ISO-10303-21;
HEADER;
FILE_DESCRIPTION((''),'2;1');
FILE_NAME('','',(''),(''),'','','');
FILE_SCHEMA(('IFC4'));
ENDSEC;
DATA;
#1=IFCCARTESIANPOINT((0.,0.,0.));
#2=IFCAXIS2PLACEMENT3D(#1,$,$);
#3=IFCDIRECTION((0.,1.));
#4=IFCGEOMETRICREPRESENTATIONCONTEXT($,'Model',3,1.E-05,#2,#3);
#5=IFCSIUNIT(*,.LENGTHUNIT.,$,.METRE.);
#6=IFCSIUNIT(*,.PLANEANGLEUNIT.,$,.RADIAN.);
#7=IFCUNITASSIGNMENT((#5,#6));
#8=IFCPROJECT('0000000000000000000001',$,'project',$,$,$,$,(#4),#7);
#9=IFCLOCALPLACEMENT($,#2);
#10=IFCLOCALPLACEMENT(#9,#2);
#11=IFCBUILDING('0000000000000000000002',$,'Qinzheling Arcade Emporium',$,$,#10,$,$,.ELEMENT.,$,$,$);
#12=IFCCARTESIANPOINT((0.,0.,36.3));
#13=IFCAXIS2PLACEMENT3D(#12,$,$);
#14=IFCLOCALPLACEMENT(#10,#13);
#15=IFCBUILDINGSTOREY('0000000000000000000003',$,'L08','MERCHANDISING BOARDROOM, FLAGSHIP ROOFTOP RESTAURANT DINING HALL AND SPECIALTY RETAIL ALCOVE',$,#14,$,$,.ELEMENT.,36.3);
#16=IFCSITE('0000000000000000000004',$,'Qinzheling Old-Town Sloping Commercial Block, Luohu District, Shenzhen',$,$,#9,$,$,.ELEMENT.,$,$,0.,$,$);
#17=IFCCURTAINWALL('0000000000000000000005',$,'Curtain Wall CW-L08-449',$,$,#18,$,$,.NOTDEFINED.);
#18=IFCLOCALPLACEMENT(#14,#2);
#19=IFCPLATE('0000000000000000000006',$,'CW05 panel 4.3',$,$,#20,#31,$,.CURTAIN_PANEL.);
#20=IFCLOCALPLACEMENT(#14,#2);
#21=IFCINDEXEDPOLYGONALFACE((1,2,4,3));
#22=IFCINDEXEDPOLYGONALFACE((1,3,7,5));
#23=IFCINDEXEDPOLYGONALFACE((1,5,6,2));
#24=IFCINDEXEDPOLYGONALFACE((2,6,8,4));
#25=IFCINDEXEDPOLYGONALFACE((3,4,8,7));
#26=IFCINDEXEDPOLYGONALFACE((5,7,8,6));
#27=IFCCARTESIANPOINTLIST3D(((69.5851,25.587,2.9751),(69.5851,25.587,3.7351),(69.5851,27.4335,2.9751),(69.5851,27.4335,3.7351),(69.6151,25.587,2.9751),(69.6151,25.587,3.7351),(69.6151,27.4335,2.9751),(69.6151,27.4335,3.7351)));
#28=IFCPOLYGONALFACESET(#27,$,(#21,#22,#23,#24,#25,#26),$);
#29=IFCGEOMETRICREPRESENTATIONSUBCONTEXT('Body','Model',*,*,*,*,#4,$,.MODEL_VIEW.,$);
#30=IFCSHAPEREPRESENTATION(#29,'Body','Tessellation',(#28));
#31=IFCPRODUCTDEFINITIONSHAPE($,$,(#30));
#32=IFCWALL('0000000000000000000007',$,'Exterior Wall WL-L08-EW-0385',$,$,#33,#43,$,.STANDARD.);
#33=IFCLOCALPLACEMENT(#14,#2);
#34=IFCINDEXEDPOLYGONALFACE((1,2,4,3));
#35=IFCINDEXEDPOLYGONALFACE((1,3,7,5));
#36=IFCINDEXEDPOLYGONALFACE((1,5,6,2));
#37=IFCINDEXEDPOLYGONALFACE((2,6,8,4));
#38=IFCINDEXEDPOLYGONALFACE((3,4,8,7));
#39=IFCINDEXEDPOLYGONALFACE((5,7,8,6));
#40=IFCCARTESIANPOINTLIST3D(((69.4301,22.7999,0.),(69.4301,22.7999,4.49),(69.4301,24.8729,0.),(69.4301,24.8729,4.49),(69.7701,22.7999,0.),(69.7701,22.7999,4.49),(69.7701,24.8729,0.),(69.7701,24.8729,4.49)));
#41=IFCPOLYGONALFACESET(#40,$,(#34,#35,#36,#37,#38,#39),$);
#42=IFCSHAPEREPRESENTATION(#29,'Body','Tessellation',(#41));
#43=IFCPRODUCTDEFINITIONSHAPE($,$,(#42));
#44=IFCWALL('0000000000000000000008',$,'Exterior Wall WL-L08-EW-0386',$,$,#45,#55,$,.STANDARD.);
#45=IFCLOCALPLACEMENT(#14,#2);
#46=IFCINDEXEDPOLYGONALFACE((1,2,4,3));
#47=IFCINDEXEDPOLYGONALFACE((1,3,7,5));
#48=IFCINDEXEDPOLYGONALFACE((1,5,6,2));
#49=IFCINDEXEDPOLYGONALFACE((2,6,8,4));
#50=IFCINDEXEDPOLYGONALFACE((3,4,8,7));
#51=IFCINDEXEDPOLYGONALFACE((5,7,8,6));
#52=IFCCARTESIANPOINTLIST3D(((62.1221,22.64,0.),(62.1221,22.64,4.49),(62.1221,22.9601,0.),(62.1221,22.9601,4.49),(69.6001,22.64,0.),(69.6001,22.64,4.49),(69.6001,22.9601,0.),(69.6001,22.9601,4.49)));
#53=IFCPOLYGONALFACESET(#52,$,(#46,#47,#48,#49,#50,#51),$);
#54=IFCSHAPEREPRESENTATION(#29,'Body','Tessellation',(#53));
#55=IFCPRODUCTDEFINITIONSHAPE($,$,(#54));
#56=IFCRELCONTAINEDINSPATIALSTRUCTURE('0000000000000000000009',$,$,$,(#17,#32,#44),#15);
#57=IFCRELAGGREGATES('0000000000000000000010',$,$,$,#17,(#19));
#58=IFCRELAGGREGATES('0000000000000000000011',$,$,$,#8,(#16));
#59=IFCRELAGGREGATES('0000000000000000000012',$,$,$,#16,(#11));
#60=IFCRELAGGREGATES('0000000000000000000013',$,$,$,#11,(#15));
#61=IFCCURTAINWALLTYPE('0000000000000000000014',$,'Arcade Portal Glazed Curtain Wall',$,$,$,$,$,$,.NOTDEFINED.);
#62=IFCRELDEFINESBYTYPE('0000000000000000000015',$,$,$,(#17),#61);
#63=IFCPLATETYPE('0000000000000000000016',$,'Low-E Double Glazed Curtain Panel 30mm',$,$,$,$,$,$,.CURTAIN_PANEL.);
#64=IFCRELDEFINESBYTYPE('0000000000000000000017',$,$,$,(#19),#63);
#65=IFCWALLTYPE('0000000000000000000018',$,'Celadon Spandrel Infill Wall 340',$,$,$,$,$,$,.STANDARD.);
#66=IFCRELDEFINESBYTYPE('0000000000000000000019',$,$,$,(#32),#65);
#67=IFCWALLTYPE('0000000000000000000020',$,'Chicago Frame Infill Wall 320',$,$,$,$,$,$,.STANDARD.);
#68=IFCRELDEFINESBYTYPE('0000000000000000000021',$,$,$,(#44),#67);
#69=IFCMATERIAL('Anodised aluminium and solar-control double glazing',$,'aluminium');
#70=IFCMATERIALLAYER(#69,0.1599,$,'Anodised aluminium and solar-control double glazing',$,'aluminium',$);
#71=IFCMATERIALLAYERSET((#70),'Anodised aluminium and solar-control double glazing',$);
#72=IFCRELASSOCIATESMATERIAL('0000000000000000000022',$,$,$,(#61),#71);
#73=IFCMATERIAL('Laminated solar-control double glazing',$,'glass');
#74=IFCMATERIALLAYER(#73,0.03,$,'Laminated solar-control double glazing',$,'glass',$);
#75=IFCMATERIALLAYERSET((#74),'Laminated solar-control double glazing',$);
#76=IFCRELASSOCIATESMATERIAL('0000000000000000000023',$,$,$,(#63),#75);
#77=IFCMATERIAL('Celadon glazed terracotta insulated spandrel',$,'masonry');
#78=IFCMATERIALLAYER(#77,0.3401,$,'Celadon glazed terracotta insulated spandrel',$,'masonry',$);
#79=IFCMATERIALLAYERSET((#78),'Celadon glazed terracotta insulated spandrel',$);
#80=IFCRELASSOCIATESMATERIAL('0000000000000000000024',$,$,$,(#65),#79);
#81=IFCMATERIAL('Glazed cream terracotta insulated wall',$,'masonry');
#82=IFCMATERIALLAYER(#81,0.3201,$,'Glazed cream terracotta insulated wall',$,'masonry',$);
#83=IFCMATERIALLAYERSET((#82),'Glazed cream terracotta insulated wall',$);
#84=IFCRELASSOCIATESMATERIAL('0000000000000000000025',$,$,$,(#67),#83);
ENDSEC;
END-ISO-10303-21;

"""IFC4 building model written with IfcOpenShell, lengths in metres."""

from ifc_helpers import new_model, si_unit, direction, frame, frame_2d, origin, origin_2d, place, context, subcontext, project, spatial, rectangle, extrude, material, layer, layer_set, type_object, element, aggregate, save


model = new_model("IFC4")

# Units and contexts
model_context = context("Model", 3, precision=1e-05, world=origin(), true_north=direction((0.0, 1.0)))
body_context = subcontext(model_context, "Body", "Model", "MODEL_VIEW")
ifc_project = project(units=[si_unit("LENGTHUNIT", "METRE"), si_unit("PLANEANGLEUNIT", "RADIAN")], contexts=[model_context])

# Site, building, storey
site_placement = place(None, origin())
site = spatial("IfcSite", under=ifc_project, at=site_placement, Name="Qinzheling Old-Town Sloping Commercial Block, Luohu District, Shenzhen", CompositionType="ELEMENT", RefElevation=0.0)
building_placement = place(site_placement, origin())
building = spatial("IfcBuilding", under=site, at=building_placement, Name="Qinzheling Arcade Emporium", CompositionType="ELEMENT")
storey_placement = place(building_placement, frame((0.0, 0.0, 36.3)))
storey = spatial("IfcBuildingStorey", under=building, at=storey_placement, Name="L08", Description="MERCHANDISING BOARDROOM, FLAGSHIP ROOFTOP RESTAURANT DINING HALL AND SPECIALTY RETAIL ALCOVE", CompositionType="ELEMENT", Elevation=36.3)

# Curtain wall
ifc_material_1 = material(Name="Anodised aluminium and solar-control double glazing", Category="aluminium")
ifc_layer_1 = layer(ifc_material_1, 0.1599, Name="Anodised aluminium and solar-control double glazing", Category="aluminium")
ifc_layer_set_1 = layer_set([ifc_layer_1], Name="Anodised aluminium and solar-control double glazing")
curtain_wall_type = type_object("IfcCurtainWallType", Name="Arcade Portal Glazed Curtain Wall", PredefinedType="NOTDEFINED", material=ifc_layer_set_1)
curtain_wall_placement = place(storey_placement, origin())
curtain_wall = element("IfcCurtainWall", 1, at=curtain_wall_placement, inside=storey, type_object=curtain_wall_type, Name="Curtain Wall CW-L08-449", PredefinedType="NOTDEFINED")

# Plate
ifc_material_2 = material(Name="Laminated solar-control double glazing", Category="glass")
ifc_layer_2 = layer(ifc_material_2, 0.03, Name="Laminated solar-control double glazing", Category="glass")
ifc_layer_set_2 = layer_set([ifc_layer_2], Name="Laminated solar-control double glazing")
plate_type = type_object("IfcPlateType", Name="Low-E Double Glazed Curtain Panel 30mm", PredefinedType="CURTAIN_PANEL", material=ifc_layer_set_2)
plate_1_placement = place(storey_placement, frame((69.6001, 26.5103, 2.9751), z_axis=(0.0, 0.0, 1.0), x_axis=(0.0, -1.0, 0.0)))
plate_1 = element("IfcPlate", 2, at=plate_1_placement, type_object=plate_type, Name="CW05 panel 4.3", PredefinedType="CURTAIN_PANEL", context=body_context, shape_type="SweptSolid", body=[
    extrude(rectangle(XDim=1.8464, YDim=0.03, at=origin_2d()), origin(), (0.0, 0.0, 1.0), 0.76),
])
aggregate(curtain_wall, [plate_1])

# Walls
ifc_material_3 = material(Name="Celadon glazed terracotta insulated spandrel", Category="masonry")
ifc_layer_3 = layer(ifc_material_3, 0.3401, Name="Celadon glazed terracotta insulated spandrel", Category="masonry")
ifc_layer_set_3 = layer_set([ifc_layer_3], Name="Celadon glazed terracotta insulated spandrel")
wall_type_1 = type_object("IfcWallType", Name="Celadon Spandrel Infill Wall 340", PredefinedType="STANDARD", material=ifc_layer_set_3)
wall_1_placement = place(storey_placement, frame((69.6001, 24.873, 0.0), z_axis=(0.0, 0.0, 1.0), x_axis=(0.0, -1.0, 0.0)))
element("IfcWall", 3, at=wall_1_placement, inside=storey, type_object=wall_type_1, Name="Exterior Wall WL-L08-EW-0385", PredefinedType="STANDARD", context=body_context, shape_type="SweptSolid", body=[
    extrude(rectangle(XDim=2.073, YDim=0.3401, at=frame_2d((1.0366, 0.0))), origin(), (0.0, 0.0, 1.0), 4.49),
])
ifc_material_4 = material(Name="Glazed cream terracotta insulated wall", Category="masonry")
ifc_layer_4 = layer(ifc_material_4, 0.3201, Name="Glazed cream terracotta insulated wall", Category="masonry")
ifc_layer_set_4 = layer_set([ifc_layer_4], Name="Glazed cream terracotta insulated wall")
wall_type_2 = type_object("IfcWallType", Name="Chicago Frame Infill Wall 320", PredefinedType="STANDARD", material=ifc_layer_set_4)
wall_2_placement = place(storey_placement, frame((69.6001, 22.8, 0.0), z_axis=(0.0, 0.0, 1.0), x_axis=(-1.0, 0.0, 0.0)))
element("IfcWall", 4, at=wall_2_placement, inside=storey, type_object=wall_type_2, Name="Exterior Wall WL-L08-EW-0386", PredefinedType="STANDARD", context=body_context, shape_type="SweptSolid", body=[
    extrude(rectangle(XDim=7.478, YDim=0.3201, at=frame_2d((3.739, 0.0))), origin(), (0.0, 0.0, 1.0), 4.49),
])

save(model, "model.ifc")
